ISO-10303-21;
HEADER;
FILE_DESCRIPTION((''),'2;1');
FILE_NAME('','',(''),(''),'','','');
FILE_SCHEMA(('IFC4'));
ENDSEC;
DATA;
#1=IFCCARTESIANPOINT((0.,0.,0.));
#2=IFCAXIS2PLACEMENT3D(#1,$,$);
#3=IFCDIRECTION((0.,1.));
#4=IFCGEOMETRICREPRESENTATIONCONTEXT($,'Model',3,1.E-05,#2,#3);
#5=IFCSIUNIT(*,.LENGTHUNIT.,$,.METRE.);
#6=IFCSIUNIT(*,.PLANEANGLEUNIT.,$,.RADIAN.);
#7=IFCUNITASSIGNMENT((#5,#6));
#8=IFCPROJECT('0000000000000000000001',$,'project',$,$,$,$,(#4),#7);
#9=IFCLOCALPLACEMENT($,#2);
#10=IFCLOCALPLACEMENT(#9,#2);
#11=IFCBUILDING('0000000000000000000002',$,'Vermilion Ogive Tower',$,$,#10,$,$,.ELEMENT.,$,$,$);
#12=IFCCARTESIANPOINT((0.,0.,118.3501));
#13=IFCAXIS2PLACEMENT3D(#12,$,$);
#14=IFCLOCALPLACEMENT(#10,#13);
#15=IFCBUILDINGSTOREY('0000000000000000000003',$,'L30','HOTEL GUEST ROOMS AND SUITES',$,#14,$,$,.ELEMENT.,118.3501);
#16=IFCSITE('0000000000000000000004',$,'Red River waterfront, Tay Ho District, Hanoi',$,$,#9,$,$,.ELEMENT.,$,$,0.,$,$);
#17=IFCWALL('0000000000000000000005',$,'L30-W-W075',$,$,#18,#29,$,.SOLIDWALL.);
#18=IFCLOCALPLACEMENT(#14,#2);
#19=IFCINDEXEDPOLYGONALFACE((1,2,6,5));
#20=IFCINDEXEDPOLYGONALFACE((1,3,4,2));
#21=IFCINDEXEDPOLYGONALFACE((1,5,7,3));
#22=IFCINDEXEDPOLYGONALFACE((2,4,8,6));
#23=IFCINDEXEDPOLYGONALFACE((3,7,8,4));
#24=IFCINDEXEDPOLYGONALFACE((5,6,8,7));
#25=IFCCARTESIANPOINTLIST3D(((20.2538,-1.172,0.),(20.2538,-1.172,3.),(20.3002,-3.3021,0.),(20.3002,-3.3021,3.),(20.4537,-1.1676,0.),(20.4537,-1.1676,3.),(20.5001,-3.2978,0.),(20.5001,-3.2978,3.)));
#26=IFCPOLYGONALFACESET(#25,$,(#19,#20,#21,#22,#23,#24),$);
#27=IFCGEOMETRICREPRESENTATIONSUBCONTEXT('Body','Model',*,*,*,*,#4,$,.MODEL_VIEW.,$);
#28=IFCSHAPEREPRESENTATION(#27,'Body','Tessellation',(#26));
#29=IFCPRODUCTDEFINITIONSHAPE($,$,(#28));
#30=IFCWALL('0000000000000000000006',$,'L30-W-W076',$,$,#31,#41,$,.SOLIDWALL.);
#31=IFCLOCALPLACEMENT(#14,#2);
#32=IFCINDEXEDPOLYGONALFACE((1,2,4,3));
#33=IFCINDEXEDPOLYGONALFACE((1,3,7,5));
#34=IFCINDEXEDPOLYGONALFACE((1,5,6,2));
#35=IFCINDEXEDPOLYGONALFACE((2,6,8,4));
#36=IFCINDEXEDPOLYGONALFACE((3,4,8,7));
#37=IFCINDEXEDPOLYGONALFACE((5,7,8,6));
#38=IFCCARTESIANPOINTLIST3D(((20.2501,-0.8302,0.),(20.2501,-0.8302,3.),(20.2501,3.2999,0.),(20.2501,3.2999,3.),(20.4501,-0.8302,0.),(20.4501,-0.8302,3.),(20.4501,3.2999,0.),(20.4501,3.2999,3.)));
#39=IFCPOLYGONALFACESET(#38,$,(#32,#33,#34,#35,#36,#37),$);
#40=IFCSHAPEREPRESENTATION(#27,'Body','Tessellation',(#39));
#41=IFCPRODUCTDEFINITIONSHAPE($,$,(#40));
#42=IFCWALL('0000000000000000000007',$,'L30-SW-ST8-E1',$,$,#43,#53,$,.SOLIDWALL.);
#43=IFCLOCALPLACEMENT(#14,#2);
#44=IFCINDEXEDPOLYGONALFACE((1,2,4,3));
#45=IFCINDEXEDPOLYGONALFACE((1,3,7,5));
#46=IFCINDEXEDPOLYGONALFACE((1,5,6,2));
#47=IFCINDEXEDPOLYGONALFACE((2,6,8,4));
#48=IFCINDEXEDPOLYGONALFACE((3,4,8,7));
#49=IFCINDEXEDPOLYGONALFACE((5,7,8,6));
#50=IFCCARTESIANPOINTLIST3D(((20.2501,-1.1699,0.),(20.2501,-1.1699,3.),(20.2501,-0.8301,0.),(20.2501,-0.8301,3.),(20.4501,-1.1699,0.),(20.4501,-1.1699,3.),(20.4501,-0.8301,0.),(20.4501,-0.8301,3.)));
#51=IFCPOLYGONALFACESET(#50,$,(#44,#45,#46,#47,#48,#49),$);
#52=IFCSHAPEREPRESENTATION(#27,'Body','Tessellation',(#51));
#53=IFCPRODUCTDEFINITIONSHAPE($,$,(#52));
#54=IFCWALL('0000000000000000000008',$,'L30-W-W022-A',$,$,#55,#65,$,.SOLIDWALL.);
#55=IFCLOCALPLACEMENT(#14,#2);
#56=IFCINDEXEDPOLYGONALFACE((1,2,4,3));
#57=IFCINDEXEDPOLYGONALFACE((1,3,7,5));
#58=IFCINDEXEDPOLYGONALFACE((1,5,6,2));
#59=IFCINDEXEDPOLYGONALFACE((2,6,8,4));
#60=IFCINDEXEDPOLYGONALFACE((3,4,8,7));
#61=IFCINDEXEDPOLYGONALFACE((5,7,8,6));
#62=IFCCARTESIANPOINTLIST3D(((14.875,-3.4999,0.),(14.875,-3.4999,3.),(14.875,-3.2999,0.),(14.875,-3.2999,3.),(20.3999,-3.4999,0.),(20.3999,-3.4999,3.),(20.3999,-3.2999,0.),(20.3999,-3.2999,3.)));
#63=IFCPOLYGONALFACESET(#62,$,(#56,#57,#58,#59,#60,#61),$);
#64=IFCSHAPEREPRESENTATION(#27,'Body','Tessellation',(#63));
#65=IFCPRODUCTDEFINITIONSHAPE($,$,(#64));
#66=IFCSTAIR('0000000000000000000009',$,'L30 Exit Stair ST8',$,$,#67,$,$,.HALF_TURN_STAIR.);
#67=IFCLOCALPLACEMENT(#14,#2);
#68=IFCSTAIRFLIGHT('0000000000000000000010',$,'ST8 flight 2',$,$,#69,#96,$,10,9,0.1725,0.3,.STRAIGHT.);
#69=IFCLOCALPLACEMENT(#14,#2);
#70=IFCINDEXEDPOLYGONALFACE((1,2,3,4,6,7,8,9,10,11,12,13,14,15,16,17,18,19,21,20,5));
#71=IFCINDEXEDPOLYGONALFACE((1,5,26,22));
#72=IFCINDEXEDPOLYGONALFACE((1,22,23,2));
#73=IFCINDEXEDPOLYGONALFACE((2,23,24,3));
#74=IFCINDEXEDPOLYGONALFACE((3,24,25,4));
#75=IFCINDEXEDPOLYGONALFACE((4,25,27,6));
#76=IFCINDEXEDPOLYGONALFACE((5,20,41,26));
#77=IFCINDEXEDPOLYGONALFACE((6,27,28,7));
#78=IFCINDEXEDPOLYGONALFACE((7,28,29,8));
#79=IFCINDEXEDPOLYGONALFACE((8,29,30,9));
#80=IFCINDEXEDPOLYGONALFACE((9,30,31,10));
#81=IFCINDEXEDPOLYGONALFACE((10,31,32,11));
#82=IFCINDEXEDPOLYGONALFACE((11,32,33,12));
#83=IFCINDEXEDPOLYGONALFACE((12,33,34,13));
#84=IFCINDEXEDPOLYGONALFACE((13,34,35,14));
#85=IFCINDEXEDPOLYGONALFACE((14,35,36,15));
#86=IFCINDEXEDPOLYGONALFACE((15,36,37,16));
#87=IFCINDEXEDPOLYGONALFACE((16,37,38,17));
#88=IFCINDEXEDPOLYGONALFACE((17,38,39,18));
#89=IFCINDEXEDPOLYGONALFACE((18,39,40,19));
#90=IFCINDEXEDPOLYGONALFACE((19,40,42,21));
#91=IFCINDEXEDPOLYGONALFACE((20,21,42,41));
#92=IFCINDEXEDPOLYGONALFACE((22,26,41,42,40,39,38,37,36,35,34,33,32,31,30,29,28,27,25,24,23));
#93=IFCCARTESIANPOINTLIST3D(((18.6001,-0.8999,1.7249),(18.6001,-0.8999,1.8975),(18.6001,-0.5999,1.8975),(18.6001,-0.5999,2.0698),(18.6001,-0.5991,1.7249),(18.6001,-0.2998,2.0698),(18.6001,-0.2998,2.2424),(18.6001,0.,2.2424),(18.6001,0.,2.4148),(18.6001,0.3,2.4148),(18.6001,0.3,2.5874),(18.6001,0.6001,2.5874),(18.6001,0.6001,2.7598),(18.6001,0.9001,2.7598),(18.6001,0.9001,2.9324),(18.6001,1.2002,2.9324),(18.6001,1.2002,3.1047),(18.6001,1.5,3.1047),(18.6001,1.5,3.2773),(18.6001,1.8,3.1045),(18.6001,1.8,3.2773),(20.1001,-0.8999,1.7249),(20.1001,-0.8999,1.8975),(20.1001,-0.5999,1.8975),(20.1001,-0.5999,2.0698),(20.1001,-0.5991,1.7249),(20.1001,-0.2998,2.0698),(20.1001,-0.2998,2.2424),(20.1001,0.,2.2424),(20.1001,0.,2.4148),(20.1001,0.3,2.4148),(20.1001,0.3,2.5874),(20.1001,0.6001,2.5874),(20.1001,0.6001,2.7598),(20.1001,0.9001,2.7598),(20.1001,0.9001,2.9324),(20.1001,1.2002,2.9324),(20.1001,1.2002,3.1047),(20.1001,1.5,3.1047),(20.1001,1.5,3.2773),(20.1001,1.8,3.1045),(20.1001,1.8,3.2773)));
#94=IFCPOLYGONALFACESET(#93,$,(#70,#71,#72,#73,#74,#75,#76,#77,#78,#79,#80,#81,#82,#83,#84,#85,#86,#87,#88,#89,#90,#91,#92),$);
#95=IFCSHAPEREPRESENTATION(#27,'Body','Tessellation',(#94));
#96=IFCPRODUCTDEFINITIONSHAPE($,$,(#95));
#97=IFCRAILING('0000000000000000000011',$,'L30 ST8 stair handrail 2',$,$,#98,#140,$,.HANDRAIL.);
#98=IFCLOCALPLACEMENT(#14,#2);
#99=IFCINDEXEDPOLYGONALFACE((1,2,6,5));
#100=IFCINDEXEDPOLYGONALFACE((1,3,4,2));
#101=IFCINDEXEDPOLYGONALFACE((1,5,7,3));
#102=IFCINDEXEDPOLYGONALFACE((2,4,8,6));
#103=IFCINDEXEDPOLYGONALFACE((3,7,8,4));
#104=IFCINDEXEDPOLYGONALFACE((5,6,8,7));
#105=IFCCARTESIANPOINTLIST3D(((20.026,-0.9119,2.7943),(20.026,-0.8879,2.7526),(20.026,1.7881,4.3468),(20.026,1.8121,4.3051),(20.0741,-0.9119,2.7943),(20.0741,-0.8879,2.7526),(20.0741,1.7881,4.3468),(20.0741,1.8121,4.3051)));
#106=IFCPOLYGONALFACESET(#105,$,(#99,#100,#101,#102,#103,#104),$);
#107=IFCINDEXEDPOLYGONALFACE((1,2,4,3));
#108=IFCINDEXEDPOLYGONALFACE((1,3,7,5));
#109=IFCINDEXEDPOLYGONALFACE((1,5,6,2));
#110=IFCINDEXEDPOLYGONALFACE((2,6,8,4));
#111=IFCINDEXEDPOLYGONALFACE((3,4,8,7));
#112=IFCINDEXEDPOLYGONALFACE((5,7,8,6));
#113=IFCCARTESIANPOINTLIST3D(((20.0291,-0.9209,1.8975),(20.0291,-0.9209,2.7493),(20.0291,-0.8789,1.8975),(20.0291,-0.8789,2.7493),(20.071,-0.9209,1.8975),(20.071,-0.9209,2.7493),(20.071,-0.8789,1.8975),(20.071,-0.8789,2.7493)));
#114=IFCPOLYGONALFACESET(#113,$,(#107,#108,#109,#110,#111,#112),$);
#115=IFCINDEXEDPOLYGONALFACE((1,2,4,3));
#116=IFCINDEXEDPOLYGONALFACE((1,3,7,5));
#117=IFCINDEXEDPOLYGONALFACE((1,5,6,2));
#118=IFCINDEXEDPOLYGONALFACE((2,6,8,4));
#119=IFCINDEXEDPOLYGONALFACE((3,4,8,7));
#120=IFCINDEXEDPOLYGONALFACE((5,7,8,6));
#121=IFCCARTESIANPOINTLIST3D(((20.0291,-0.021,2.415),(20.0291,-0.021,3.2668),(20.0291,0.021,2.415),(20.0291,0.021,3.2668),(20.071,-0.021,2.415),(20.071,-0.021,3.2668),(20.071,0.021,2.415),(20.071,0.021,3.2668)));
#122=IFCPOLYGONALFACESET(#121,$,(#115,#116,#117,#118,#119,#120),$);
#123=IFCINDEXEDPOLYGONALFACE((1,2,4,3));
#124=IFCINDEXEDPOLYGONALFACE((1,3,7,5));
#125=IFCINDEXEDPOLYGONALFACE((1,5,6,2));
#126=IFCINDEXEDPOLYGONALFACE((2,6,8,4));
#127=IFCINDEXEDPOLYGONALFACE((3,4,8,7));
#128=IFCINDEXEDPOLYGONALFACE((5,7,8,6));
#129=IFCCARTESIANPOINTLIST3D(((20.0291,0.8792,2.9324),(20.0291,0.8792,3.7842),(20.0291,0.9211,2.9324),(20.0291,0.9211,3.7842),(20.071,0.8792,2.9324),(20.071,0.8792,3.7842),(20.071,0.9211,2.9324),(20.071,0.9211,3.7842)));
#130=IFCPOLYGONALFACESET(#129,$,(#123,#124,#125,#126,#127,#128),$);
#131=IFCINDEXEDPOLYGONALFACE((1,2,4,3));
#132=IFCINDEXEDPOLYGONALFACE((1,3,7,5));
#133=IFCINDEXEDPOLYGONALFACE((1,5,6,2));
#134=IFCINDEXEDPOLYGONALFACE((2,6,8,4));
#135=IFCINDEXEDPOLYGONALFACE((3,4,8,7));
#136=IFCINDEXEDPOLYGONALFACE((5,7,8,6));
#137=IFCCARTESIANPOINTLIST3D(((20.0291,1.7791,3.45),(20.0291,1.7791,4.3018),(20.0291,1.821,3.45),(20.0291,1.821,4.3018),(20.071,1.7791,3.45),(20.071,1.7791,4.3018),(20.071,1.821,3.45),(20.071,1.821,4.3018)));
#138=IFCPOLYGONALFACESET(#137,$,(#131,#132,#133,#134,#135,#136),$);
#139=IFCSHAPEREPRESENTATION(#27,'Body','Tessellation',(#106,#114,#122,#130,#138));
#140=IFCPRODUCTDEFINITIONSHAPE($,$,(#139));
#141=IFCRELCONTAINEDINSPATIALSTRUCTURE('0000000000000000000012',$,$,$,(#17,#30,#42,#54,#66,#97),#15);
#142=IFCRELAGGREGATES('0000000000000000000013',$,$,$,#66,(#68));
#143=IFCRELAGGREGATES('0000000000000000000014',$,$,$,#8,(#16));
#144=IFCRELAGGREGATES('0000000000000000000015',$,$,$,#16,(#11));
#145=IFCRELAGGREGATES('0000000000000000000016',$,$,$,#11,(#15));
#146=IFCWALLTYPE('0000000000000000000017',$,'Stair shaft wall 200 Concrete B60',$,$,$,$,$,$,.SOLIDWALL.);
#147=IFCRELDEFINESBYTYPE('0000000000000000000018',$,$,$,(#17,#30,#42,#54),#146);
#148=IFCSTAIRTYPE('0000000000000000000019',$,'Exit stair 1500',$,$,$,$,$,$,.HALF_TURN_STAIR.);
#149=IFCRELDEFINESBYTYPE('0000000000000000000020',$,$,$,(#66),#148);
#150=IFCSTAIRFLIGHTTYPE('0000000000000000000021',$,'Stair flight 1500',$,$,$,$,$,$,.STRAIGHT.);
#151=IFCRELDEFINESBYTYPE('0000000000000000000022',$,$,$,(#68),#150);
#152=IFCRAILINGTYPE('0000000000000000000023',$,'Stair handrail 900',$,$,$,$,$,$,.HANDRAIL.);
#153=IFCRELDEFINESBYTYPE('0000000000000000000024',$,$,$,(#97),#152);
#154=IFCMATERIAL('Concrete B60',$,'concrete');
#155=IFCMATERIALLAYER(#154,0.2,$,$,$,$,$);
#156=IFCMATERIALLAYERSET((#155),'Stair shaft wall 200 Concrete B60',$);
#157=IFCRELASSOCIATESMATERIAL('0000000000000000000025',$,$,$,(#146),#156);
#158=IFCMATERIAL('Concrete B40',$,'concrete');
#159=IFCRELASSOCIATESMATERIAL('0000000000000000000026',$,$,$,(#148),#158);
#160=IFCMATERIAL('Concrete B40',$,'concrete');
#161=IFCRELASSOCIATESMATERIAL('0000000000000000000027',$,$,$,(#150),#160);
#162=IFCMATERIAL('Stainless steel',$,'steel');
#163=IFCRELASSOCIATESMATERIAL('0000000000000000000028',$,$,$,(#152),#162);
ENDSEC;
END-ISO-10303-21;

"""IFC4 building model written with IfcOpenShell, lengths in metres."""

from ifc_helpers import new_model, si_unit, direction, frame, frame_2d, origin, origin_2d, place, context, subcontext, project, spatial, polyline, rectangle, outline, extrude, material, layer, layer_set, type_object, element, aggregate, save


model = new_model("IFC4")

# Units and contexts
model_context = context("Model", 3, precision=1e-05, world=origin(), true_north=direction((0.0, 1.0)))
body_context = subcontext(model_context, "Body", "Model", "MODEL_VIEW")
ifc_project = project(units=[si_unit("LENGTHUNIT", "METRE"), si_unit("PLANEANGLEUNIT", "RADIAN")], contexts=[model_context])

# Site, building, storey
site_placement = place(None, origin())
site = spatial("IfcSite", under=ifc_project, at=site_placement, Name="Red River waterfront, Tay Ho District, Hanoi", CompositionType="ELEMENT", RefElevation=0.0)
building_placement = place(site_placement, origin())
building = spatial("IfcBuilding", under=site, at=building_placement, Name="Vermilion Ogive Tower", CompositionType="ELEMENT")
storey_placement = place(building_placement, frame((0.0, 0.0, 118.3501)))
storey = spatial("IfcBuildingStorey", under=building, at=storey_placement, Name="L30", Description="HOTEL GUEST ROOMS AND SUITES", CompositionType="ELEMENT", Elevation=118.3501)

# Shared definitions
ifc_material_1 = material(Name="Concrete B60", Category="concrete")
ifc_layer_1 = layer(ifc_material_1, 0.2)
ifc_layer_set_1 = layer_set([ifc_layer_1], Name="Stair shaft wall 200 Concrete B60")
wall_type_1 = type_object("IfcWallType", Name="Stair shaft wall 200 Concrete B60", PredefinedType="SOLIDWALL", material=ifc_layer_set_1)

# Walls
wall_1_placement = place(storey_placement, frame((20.4001, -3.3, 0.0), z_axis=(0.0, 0.0, 1.0), x_axis=(-0.021771, 0.999763, 0.0)))
element("IfcWall", 1, at=wall_1_placement, inside=storey, type_object=wall_type_1, Name="L30-W-W075", PredefinedType="SOLIDWALL", context=body_context, shape_type="SweptSolid", body=[
    extrude(rectangle(XDim=2.1306, YDim=0.2, at=frame_2d((1.0654, 0.0))), origin(), (0.0, 0.0, 1.0), 3.0),
])
wall_2_placement = place(storey_placement, frame((20.3501, -0.8301, 0.0), z_axis=(0.0, 0.0, 1.0), x_axis=(0.0, 1.0, 0.0)))
element("IfcWall", 2, at=wall_2_placement, inside=storey, type_object=wall_type_1, Name="L30-W-W076", PredefinedType="SOLIDWALL", context=body_context, shape_type="SweptSolid", body=[
    extrude(rectangle(XDim=4.1301, YDim=0.2, at=frame_2d((2.0649, 0.0))), origin(), (0.0, 0.0, 1.0), 3.0),
])
wall_3_placement = place(storey_placement, frame((20.3501, -1.1699, 0.0), z_axis=(0.0, 0.0, 1.0), x_axis=(0.0, 1.0, 0.0)))
element("IfcWall", 3, at=wall_3_placement, inside=storey, type_object=wall_type_1, Name="L30-SW-ST8-E1", PredefinedType="SOLIDWALL", context=body_context, shape_type="SweptSolid", body=[
    extrude(rectangle(XDim=0.3398, YDim=0.2, at=frame_2d((0.1699, 0.0))), origin(), (0.0, 0.0, 1.0), 3.0),
])
wall_4_placement = place(storey_placement, frame((14.875, -3.3999, 0.0), z_axis=(0.0, 0.0, 1.0), x_axis=(1.0, 0.0, 0.0)))
element("IfcWall", 4, at=wall_4_placement, inside=storey, type_object=wall_type_1, Name="L30-W-W022-A", PredefinedType="SOLIDWALL", context=body_context, shape_type="SweptSolid", body=[
    extrude(rectangle(XDim=5.5249, YDim=0.2, at=frame_2d((2.7625, 0.0))), origin(), (0.0, 0.0, 1.0), 3.0),
])

# Stair, stair flight
ifc_material_2 = material(Name="Concrete B40", Category="concrete")
stair_type = type_object("IfcStairType", Name="Exit stair 1500", PredefinedType="HALF_TURN_STAIR", material=ifc_material_2)
stair_placement = place(storey_placement, origin())
stair = element("IfcStair", 5, at=stair_placement, inside=storey, type_object=stair_type, Name="L30 Exit Stair ST8", PredefinedType="HALF_TURN_STAIR")
ifc_material_3 = material(Name="Concrete B40", Category="concrete")
stair_flight_type = type_object("IfcStairFlightType", Name="Stair flight 1500", PredefinedType="STRAIGHT", material=ifc_material_3)
stair_flight_placement = place(storey_placement, frame((19.3501, -0.8999, 1.7249), z_axis=(0.0, 0.0, 1.0), x_axis=(0.0, 1.0, 0.0)))
stair_flight = element("IfcStairFlight", 6, at=stair_flight_placement, type_object=stair_flight_type, Name="ST8 flight 2", NumberOfRisers=10, NumberOfTreads=9, PredefinedType="STRAIGHT", RiserHeight=0.1725, TreadLength=0.3, context=body_context, shape_type="SweptSolid", body=[
    extrude(outline(polyline([(0.0, 0.0), (0.0, 0.1726), (0.3, 0.1726), (0.3, 0.345), (0.6001, 0.345), (0.6001, 0.5176), (0.8999, 0.5176), (0.8999, 0.6899), (1.2, 0.6899), (1.2, 0.8625), (1.5, 0.8625), (1.5, 1.0349), (1.8, 1.0349), (1.8, 1.2075), (2.1001, 1.2075), (2.1001, 1.3799), (2.3999, 1.3799), (2.3999, 1.5525), (2.7, 1.5525), (2.7, 1.7251), (2.7, 1.3796), (0.3008, 0.0), (0.0, 0.0)])), frame((0.0, 0.75, 0.0), z_axis=(0.0, -1.0, 0.0), x_axis=(1.0, 0.0, 0.0)), (0.0, 0.0, 1.0), 1.5),
])
aggregate(stair, [stair_flight])

# Railing
ifc_material_4 = material(Name="Stainless steel", Category="steel")
railing_type = type_object("IfcRailingType", Name="Stair handrail 900", PredefinedType="HANDRAIL", material=ifc_material_4)
railing_placement = place(storey_placement, frame((20.05, -0.8999, 1.8975)))
element("IfcRailing", 7, at=railing_placement, inside=storey, type_object=railing_type, Name="L30 ST8 stair handrail 2", PredefinedType="HANDRAIL", context=body_context, shape_type="SweptSolid", body=[
    extrude(rectangle(XDim=0.0481, YDim=0.0481, at=origin_2d()), frame((0.0, 0.0, 0.876), z_axis=(0.0, 0.866904, 0.498476), x_axis=(-1.0, 0.0, 0.0)), (0.0, 0.0, 1.0), 3.1145),
    extrude(rectangle(XDim=0.042, YDim=0.042, at=origin_2d()), origin(), (0.0, 0.0, 1.0), 0.8518),
    extrude(rectangle(XDim=0.042, YDim=0.042, at=origin_2d()), frame((0.0, 0.8999, 0.5176)), (0.0, 0.0, 1.0), 0.8518),
    extrude(rectangle(XDim=0.042, YDim=0.042, at=origin_2d()), frame((0.0, 1.8, 1.0349)), (0.0, 0.0, 1.0), 0.8518),
    extrude(rectangle(XDim=0.042, YDim=0.042, at=origin_2d()), frame((0.0, 2.7, 1.5525)), (0.0, 0.0, 1.0), 0.8518),
])

save(model, "model.ifc")
